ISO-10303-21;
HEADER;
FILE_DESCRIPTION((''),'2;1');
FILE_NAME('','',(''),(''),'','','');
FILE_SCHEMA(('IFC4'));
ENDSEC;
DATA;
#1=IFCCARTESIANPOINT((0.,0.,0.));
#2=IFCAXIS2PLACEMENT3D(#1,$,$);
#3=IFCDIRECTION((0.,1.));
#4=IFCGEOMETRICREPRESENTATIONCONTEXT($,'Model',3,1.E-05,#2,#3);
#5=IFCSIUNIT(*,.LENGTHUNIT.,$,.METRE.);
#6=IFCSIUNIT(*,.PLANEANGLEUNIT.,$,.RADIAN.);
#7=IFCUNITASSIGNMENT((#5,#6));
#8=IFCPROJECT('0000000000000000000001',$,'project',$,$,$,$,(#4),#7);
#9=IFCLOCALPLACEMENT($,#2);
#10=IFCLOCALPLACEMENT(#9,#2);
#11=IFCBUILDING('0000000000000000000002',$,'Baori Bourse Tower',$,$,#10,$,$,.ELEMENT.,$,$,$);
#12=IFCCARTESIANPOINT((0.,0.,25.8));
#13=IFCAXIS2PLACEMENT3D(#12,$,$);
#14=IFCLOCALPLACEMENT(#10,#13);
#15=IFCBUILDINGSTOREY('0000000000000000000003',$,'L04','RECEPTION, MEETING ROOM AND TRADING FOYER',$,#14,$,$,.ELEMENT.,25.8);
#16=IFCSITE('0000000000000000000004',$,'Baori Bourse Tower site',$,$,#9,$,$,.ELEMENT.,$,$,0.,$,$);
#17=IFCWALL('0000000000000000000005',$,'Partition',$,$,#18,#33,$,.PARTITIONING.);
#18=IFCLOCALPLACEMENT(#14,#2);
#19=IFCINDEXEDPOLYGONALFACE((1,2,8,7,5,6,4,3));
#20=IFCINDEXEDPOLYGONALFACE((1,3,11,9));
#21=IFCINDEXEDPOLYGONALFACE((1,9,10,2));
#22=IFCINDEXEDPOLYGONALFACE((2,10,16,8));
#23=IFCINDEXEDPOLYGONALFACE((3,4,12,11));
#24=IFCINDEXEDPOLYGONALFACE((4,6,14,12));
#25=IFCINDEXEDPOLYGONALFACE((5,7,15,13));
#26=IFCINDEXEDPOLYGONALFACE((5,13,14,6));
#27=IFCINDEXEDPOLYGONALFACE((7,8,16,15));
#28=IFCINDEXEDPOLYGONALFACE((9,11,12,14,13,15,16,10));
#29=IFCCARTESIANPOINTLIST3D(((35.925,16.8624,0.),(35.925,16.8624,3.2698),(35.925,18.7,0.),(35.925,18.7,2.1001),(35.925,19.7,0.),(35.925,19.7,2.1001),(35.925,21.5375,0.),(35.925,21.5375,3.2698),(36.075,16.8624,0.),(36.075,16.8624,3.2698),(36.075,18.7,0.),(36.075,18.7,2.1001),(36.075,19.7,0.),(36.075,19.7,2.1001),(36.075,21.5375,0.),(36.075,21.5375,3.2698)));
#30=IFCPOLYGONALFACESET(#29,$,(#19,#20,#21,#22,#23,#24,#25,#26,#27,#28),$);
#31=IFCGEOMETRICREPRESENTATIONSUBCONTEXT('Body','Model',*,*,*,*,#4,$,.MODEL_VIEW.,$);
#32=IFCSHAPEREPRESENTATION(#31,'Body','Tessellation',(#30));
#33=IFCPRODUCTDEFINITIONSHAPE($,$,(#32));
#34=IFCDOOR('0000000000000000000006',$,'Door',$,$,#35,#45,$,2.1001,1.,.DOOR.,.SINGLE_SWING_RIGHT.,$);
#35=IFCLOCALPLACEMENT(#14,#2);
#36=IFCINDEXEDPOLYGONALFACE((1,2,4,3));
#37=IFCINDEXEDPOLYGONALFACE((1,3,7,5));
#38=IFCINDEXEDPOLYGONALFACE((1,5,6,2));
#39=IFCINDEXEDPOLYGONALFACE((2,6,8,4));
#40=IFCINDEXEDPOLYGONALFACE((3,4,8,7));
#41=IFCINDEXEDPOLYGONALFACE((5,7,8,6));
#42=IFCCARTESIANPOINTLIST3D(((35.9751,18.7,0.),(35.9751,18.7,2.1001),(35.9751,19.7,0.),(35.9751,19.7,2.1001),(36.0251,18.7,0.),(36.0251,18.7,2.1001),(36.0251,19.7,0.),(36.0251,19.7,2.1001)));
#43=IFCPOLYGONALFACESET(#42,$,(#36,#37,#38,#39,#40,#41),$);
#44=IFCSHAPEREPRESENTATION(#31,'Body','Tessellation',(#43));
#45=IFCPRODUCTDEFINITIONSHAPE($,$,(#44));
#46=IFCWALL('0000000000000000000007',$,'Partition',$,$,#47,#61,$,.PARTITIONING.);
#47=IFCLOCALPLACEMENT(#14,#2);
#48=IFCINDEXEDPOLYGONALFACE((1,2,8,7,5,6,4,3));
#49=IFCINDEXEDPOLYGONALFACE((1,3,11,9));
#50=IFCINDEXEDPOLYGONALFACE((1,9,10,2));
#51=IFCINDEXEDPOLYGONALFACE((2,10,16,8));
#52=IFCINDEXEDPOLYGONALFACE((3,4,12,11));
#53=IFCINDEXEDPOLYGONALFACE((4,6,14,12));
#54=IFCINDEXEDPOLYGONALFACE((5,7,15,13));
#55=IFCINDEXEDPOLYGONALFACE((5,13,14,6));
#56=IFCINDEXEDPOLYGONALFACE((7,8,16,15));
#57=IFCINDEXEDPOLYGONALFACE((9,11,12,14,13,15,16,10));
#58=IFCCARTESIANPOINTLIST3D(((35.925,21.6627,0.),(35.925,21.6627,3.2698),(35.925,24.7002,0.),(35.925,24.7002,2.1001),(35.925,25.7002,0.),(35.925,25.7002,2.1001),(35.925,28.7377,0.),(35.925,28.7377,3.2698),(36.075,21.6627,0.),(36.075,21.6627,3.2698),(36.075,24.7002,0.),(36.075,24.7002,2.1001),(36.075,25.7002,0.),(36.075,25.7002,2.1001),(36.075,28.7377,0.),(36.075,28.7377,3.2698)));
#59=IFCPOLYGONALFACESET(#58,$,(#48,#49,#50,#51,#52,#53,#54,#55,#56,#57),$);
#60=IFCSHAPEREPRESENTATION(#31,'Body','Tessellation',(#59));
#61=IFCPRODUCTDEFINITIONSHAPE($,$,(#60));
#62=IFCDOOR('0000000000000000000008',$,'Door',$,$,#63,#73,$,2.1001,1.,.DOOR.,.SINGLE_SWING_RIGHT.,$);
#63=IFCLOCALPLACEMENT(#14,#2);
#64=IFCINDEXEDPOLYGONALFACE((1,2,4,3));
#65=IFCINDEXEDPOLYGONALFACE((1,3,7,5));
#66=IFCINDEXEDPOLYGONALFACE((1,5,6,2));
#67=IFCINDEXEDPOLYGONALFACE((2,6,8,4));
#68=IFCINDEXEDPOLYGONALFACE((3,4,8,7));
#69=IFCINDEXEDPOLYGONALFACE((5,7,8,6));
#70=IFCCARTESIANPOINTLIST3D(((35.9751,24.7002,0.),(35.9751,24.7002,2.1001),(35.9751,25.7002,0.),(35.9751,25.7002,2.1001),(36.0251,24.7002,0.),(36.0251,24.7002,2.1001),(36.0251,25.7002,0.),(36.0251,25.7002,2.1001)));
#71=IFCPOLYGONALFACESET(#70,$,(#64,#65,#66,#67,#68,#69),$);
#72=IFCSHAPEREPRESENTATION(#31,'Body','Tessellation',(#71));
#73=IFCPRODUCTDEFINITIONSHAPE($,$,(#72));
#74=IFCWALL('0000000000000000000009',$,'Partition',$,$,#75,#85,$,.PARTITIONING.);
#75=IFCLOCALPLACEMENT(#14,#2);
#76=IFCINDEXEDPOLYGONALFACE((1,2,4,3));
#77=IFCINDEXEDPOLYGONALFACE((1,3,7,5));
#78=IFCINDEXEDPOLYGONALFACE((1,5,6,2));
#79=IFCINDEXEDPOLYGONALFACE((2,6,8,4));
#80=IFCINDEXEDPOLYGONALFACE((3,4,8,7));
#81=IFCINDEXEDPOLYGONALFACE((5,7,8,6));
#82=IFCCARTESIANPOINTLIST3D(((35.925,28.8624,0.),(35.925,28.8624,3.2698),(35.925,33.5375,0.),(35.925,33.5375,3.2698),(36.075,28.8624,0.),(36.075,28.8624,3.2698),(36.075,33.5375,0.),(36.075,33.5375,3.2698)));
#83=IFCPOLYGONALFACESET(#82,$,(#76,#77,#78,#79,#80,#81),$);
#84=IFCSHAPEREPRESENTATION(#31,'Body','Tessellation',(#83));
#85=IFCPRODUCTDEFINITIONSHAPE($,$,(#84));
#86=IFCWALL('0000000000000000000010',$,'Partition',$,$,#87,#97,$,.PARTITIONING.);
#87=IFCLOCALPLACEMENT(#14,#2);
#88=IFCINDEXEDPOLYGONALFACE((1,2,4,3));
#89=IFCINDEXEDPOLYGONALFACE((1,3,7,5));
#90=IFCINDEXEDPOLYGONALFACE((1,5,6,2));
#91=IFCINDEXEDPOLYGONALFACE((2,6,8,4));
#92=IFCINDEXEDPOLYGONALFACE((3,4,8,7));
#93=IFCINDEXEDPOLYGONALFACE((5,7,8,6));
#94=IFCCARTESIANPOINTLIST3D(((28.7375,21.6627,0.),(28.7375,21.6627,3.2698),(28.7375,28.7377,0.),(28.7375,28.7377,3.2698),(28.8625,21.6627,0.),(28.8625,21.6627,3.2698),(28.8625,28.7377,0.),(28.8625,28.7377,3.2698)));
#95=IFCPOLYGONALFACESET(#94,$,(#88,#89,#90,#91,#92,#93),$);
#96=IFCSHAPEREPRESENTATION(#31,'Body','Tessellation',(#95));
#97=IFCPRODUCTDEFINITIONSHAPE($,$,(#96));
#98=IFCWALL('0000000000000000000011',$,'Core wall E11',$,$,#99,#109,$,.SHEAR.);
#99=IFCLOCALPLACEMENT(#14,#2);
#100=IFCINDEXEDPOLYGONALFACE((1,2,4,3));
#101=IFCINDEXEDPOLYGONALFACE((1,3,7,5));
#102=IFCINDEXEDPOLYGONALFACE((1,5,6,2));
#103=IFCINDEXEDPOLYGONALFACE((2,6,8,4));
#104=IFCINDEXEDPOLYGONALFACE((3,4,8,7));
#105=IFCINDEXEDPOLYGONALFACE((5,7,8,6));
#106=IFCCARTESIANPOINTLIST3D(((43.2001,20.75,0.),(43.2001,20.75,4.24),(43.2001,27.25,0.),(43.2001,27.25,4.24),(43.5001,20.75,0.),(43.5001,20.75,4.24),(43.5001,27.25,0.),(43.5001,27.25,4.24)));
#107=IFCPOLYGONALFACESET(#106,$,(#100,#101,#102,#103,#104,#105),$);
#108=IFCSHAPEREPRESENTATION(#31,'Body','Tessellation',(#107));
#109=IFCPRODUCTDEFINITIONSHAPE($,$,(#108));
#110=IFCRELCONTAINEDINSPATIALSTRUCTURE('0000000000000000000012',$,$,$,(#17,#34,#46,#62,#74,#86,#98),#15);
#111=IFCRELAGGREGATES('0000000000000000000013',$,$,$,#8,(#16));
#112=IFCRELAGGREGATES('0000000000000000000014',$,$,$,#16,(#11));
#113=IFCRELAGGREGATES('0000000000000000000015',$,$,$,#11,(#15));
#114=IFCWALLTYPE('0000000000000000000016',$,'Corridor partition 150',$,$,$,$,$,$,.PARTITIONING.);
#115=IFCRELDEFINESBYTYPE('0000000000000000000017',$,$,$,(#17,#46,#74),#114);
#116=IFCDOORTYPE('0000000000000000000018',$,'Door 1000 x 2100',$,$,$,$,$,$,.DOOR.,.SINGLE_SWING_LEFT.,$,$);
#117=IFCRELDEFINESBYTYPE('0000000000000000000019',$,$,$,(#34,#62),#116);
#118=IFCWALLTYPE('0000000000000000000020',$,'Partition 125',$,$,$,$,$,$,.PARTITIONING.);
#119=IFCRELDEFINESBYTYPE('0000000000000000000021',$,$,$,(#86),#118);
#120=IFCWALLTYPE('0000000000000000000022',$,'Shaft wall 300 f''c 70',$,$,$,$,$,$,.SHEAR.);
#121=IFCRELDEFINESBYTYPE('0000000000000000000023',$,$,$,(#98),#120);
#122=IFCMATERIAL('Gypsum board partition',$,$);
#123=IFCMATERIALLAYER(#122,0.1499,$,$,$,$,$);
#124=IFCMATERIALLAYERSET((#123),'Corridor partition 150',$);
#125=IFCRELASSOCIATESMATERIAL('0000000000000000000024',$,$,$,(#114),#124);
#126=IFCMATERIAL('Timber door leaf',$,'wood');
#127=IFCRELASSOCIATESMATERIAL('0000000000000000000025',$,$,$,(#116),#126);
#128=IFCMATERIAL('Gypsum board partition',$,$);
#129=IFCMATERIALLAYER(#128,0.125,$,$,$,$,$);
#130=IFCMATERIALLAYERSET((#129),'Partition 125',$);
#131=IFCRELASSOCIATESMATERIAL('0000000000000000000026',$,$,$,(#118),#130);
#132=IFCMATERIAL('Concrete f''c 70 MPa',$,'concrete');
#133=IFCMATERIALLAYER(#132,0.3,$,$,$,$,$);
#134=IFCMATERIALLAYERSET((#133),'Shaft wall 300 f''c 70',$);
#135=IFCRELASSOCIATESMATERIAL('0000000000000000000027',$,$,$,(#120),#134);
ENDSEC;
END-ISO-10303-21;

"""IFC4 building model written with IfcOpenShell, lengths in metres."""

from ifc_helpers import new_model, si_unit, direction, frame, frame_2d, origin, place, context, subcontext, project, spatial, rectangle, extrude, material, layer, layer_set, type_object, element, fill, save


model = new_model("IFC4")

# Units and contexts
model_context = context("Model", 3, precision=1e-05, world=origin(), true_north=direction((0.0, 1.0)))
body_context = subcontext(model_context, "Body", "Model", "MODEL_VIEW")
ifc_project = project(units=[si_unit("LENGTHUNIT", "METRE"), si_unit("PLANEANGLEUNIT", "RADIAN")], contexts=[model_context])

# Site, building, storey
site_placement = place(None, origin())
site = spatial("IfcSite", under=ifc_project, at=site_placement, Name="Baori Bourse Tower site", CompositionType="ELEMENT", RefElevation=0.0)
building_placement = place(site_placement, origin())
building = spatial("IfcBuilding", under=site, at=building_placement, Name="Baori Bourse Tower", CompositionType="ELEMENT")
storey_placement = place(building_placement, frame((0.0, 0.0, 25.8)))
storey = spatial("IfcBuildingStorey", under=building, at=storey_placement, Name="L04", Description="RECEPTION, MEETING ROOM AND TRADING FOYER", CompositionType="ELEMENT", Elevation=25.8)

# Walls, openings, doors
ifc_material_1 = material(Name="Gypsum board partition")
ifc_layer_1 = layer(ifc_material_1, 0.1499)
ifc_layer_set_1 = layer_set([ifc_layer_1], Name="Corridor partition 150")
wall_type_1 = type_object("IfcWallType", Name="Corridor partition 150", PredefinedType="PARTITIONING", material=ifc_layer_set_1)
wall_1_placement = place(storey_placement, frame((36.0, 16.8625, 0.0), z_axis=(0.0, 0.0, 1.0), x_axis=(0.0, 1.0, 0.0)))
wall_1 = element("IfcWall", 1, at=wall_1_placement, inside=storey, type_object=wall_type_1, Name="Partition", PredefinedType="PARTITIONING", context=body_context, shape_type="SweptSolid", body=[
    extrude(rectangle(XDim=4.675, YDim=0.1499, at=frame_2d((2.3374, 0.0))), origin(), (0.0, 0.0, 1.0), 3.2698),
])
opening_1_placement = place(wall_1_placement, frame((1.8374, 0.0, 0.0)))
opening_1 = element("IfcOpeningElement", 2, at=opening_1_placement, cuts=wall_1, PredefinedType="OPENING", context=body_context, shape_type="SweptSolid", body=[
    extrude(rectangle(XDim=1.0, YDim=2.1001, at=frame_2d((0.5, 1.05))), frame((0.0, 0.085, 0.0), z_axis=(0.0, -1.0, 0.0), x_axis=(1.0, 0.0, 0.0)), (0.0, 0.0, 1.0), 0.1699),
])
ifc_material_2 = material(Name="Timber door leaf", Category="wood")
door_type_1 = type_object("IfcDoorType", Name="Door 1000 x 2100", OperationType="SINGLE_SWING_LEFT", PredefinedType="DOOR", material=ifc_material_2)
door_1_placement = place(opening_1_placement, origin())
door_1 = element("IfcDoor", 3, at=door_1_placement, inside=storey, type_object=door_type_1, Name="Door", OperationType="SINGLE_SWING_RIGHT", OverallHeight=2.1001, OverallWidth=1.0, PredefinedType="DOOR", context=body_context, shape_type="SweptSolid", body=[
    extrude(rectangle(XDim=1.0, YDim=2.1001, at=frame_2d((0.5, 1.05))), frame((0.0, 0.0249, 0.0), z_axis=(0.0, -1.0, 0.0), x_axis=(1.0, 0.0, 0.0)), (0.0, 0.0, 1.0), 0.05),
])
fill(opening_1, door_1)
wall_2_placement = place(storey_placement, frame((36.0, 21.6626, 0.0), z_axis=(0.0, 0.0, 1.0), x_axis=(0.0, 1.0, 0.0)))
wall_2 = element("IfcWall", 4, at=wall_2_placement, inside=storey, type_object=wall_type_1, Name="Partition", PredefinedType="PARTITIONING", context=body_context, shape_type="SweptSolid", body=[
    extrude(rectangle(XDim=7.075, YDim=0.1499, at=frame_2d((3.5376, 0.0))), origin(), (0.0, 0.0, 1.0), 3.2698),
])
opening_2_placement = place(wall_2_placement, frame((3.0376, 0.0, 0.0)))
opening_2 = element("IfcOpeningElement", 5, at=opening_2_placement, cuts=wall_2, PredefinedType="OPENING", context=body_context, shape_type="SweptSolid", body=[
    extrude(rectangle(XDim=1.0, YDim=2.1001, at=frame_2d((0.5, 1.05))), frame((0.0, 0.085, 0.0), z_axis=(0.0, -1.0, 0.0), x_axis=(1.0, 0.0, 0.0)), (0.0, 0.0, 1.0), 0.1699),
])
door_2_placement = place(opening_2_placement, origin())
door_2 = element("IfcDoor", 6, at=door_2_placement, inside=storey, type_object=door_type_1, Name="Door", OperationType="SINGLE_SWING_RIGHT", OverallHeight=2.1001, OverallWidth=1.0, PredefinedType="DOOR", context=body_context, shape_type="SweptSolid", body=[
    extrude(rectangle(XDim=1.0, YDim=2.1001, at=frame_2d((0.5, 1.05))), frame((0.0, 0.0249, 0.0), z_axis=(0.0, -1.0, 0.0), x_axis=(1.0, 0.0, 0.0)), (0.0, 0.0, 1.0), 0.05),
])
fill(opening_2, door_2)

# Walls
wall_3_placement = place(storey_placement, frame((36.0, 28.8625, 0.0), z_axis=(0.0, 0.0, 1.0), x_axis=(0.0, 1.0, 0.0)))
element("IfcWall", 7, at=wall_3_placement, inside=storey, type_object=wall_type_1, Name="Partition", PredefinedType="PARTITIONING", context=body_context, shape_type="SweptSolid", body=[
    extrude(rectangle(XDim=4.675, YDim=0.1499, at=frame_2d((2.3374, 0.0))), origin(), (0.0, 0.0, 1.0), 3.2698),
])
ifc_material_3 = material(Name="Gypsum board partition")
ifc_layer_2 = layer(ifc_material_3, 0.125)
ifc_layer_set_2 = layer_set([ifc_layer_2], Name="Partition 125")
wall_type_2 = type_object("IfcWallType", Name="Partition 125", PredefinedType="PARTITIONING", material=ifc_layer_set_2)
wall_4_placement = place(storey_placement, frame((28.8, 21.6626, 0.0), z_axis=(0.0, 0.0, 1.0), x_axis=(0.0, 1.0, 0.0)))
element("IfcWall", 8, at=wall_4_placement, inside=storey, type_object=wall_type_2, Name="Partition", PredefinedType="PARTITIONING", context=body_context, shape_type="SweptSolid", body=[
    extrude(rectangle(XDim=7.075, YDim=0.125, at=frame_2d((3.5376, 0.0))), origin(), (0.0, 0.0, 1.0), 3.2698),
])
ifc_material_4 = material(Name="Concrete f'c 70 MPa", Category="concrete")
ifc_layer_3 = layer(ifc_material_4, 0.3)
ifc_layer_set_3 = layer_set([ifc_layer_3], Name="Shaft wall 300 f'c 70")
wall_type_3 = type_object("IfcWallType", Name="Shaft wall 300 f'c 70", PredefinedType="SHEAR", material=ifc_layer_set_3)
wall_5_placement = place(storey_placement, frame((43.3501, 20.75, 0.0), z_axis=(0.0, 0.0, 1.0), x_axis=(0.0, 1.0, 0.0)))
element("IfcWall", 9, at=wall_5_placement, inside=storey, type_object=wall_type_3, Name="Core wall E11", PredefinedType="SHEAR", context=body_context, shape_type="SweptSolid", body=[
    extrude(rectangle(XDim=6.5, YDim=0.3, at=frame_2d((3.25, 0.0))), origin(), (0.0, 0.0, 1.0), 4.24),
])

save(model, "model.ifc")
